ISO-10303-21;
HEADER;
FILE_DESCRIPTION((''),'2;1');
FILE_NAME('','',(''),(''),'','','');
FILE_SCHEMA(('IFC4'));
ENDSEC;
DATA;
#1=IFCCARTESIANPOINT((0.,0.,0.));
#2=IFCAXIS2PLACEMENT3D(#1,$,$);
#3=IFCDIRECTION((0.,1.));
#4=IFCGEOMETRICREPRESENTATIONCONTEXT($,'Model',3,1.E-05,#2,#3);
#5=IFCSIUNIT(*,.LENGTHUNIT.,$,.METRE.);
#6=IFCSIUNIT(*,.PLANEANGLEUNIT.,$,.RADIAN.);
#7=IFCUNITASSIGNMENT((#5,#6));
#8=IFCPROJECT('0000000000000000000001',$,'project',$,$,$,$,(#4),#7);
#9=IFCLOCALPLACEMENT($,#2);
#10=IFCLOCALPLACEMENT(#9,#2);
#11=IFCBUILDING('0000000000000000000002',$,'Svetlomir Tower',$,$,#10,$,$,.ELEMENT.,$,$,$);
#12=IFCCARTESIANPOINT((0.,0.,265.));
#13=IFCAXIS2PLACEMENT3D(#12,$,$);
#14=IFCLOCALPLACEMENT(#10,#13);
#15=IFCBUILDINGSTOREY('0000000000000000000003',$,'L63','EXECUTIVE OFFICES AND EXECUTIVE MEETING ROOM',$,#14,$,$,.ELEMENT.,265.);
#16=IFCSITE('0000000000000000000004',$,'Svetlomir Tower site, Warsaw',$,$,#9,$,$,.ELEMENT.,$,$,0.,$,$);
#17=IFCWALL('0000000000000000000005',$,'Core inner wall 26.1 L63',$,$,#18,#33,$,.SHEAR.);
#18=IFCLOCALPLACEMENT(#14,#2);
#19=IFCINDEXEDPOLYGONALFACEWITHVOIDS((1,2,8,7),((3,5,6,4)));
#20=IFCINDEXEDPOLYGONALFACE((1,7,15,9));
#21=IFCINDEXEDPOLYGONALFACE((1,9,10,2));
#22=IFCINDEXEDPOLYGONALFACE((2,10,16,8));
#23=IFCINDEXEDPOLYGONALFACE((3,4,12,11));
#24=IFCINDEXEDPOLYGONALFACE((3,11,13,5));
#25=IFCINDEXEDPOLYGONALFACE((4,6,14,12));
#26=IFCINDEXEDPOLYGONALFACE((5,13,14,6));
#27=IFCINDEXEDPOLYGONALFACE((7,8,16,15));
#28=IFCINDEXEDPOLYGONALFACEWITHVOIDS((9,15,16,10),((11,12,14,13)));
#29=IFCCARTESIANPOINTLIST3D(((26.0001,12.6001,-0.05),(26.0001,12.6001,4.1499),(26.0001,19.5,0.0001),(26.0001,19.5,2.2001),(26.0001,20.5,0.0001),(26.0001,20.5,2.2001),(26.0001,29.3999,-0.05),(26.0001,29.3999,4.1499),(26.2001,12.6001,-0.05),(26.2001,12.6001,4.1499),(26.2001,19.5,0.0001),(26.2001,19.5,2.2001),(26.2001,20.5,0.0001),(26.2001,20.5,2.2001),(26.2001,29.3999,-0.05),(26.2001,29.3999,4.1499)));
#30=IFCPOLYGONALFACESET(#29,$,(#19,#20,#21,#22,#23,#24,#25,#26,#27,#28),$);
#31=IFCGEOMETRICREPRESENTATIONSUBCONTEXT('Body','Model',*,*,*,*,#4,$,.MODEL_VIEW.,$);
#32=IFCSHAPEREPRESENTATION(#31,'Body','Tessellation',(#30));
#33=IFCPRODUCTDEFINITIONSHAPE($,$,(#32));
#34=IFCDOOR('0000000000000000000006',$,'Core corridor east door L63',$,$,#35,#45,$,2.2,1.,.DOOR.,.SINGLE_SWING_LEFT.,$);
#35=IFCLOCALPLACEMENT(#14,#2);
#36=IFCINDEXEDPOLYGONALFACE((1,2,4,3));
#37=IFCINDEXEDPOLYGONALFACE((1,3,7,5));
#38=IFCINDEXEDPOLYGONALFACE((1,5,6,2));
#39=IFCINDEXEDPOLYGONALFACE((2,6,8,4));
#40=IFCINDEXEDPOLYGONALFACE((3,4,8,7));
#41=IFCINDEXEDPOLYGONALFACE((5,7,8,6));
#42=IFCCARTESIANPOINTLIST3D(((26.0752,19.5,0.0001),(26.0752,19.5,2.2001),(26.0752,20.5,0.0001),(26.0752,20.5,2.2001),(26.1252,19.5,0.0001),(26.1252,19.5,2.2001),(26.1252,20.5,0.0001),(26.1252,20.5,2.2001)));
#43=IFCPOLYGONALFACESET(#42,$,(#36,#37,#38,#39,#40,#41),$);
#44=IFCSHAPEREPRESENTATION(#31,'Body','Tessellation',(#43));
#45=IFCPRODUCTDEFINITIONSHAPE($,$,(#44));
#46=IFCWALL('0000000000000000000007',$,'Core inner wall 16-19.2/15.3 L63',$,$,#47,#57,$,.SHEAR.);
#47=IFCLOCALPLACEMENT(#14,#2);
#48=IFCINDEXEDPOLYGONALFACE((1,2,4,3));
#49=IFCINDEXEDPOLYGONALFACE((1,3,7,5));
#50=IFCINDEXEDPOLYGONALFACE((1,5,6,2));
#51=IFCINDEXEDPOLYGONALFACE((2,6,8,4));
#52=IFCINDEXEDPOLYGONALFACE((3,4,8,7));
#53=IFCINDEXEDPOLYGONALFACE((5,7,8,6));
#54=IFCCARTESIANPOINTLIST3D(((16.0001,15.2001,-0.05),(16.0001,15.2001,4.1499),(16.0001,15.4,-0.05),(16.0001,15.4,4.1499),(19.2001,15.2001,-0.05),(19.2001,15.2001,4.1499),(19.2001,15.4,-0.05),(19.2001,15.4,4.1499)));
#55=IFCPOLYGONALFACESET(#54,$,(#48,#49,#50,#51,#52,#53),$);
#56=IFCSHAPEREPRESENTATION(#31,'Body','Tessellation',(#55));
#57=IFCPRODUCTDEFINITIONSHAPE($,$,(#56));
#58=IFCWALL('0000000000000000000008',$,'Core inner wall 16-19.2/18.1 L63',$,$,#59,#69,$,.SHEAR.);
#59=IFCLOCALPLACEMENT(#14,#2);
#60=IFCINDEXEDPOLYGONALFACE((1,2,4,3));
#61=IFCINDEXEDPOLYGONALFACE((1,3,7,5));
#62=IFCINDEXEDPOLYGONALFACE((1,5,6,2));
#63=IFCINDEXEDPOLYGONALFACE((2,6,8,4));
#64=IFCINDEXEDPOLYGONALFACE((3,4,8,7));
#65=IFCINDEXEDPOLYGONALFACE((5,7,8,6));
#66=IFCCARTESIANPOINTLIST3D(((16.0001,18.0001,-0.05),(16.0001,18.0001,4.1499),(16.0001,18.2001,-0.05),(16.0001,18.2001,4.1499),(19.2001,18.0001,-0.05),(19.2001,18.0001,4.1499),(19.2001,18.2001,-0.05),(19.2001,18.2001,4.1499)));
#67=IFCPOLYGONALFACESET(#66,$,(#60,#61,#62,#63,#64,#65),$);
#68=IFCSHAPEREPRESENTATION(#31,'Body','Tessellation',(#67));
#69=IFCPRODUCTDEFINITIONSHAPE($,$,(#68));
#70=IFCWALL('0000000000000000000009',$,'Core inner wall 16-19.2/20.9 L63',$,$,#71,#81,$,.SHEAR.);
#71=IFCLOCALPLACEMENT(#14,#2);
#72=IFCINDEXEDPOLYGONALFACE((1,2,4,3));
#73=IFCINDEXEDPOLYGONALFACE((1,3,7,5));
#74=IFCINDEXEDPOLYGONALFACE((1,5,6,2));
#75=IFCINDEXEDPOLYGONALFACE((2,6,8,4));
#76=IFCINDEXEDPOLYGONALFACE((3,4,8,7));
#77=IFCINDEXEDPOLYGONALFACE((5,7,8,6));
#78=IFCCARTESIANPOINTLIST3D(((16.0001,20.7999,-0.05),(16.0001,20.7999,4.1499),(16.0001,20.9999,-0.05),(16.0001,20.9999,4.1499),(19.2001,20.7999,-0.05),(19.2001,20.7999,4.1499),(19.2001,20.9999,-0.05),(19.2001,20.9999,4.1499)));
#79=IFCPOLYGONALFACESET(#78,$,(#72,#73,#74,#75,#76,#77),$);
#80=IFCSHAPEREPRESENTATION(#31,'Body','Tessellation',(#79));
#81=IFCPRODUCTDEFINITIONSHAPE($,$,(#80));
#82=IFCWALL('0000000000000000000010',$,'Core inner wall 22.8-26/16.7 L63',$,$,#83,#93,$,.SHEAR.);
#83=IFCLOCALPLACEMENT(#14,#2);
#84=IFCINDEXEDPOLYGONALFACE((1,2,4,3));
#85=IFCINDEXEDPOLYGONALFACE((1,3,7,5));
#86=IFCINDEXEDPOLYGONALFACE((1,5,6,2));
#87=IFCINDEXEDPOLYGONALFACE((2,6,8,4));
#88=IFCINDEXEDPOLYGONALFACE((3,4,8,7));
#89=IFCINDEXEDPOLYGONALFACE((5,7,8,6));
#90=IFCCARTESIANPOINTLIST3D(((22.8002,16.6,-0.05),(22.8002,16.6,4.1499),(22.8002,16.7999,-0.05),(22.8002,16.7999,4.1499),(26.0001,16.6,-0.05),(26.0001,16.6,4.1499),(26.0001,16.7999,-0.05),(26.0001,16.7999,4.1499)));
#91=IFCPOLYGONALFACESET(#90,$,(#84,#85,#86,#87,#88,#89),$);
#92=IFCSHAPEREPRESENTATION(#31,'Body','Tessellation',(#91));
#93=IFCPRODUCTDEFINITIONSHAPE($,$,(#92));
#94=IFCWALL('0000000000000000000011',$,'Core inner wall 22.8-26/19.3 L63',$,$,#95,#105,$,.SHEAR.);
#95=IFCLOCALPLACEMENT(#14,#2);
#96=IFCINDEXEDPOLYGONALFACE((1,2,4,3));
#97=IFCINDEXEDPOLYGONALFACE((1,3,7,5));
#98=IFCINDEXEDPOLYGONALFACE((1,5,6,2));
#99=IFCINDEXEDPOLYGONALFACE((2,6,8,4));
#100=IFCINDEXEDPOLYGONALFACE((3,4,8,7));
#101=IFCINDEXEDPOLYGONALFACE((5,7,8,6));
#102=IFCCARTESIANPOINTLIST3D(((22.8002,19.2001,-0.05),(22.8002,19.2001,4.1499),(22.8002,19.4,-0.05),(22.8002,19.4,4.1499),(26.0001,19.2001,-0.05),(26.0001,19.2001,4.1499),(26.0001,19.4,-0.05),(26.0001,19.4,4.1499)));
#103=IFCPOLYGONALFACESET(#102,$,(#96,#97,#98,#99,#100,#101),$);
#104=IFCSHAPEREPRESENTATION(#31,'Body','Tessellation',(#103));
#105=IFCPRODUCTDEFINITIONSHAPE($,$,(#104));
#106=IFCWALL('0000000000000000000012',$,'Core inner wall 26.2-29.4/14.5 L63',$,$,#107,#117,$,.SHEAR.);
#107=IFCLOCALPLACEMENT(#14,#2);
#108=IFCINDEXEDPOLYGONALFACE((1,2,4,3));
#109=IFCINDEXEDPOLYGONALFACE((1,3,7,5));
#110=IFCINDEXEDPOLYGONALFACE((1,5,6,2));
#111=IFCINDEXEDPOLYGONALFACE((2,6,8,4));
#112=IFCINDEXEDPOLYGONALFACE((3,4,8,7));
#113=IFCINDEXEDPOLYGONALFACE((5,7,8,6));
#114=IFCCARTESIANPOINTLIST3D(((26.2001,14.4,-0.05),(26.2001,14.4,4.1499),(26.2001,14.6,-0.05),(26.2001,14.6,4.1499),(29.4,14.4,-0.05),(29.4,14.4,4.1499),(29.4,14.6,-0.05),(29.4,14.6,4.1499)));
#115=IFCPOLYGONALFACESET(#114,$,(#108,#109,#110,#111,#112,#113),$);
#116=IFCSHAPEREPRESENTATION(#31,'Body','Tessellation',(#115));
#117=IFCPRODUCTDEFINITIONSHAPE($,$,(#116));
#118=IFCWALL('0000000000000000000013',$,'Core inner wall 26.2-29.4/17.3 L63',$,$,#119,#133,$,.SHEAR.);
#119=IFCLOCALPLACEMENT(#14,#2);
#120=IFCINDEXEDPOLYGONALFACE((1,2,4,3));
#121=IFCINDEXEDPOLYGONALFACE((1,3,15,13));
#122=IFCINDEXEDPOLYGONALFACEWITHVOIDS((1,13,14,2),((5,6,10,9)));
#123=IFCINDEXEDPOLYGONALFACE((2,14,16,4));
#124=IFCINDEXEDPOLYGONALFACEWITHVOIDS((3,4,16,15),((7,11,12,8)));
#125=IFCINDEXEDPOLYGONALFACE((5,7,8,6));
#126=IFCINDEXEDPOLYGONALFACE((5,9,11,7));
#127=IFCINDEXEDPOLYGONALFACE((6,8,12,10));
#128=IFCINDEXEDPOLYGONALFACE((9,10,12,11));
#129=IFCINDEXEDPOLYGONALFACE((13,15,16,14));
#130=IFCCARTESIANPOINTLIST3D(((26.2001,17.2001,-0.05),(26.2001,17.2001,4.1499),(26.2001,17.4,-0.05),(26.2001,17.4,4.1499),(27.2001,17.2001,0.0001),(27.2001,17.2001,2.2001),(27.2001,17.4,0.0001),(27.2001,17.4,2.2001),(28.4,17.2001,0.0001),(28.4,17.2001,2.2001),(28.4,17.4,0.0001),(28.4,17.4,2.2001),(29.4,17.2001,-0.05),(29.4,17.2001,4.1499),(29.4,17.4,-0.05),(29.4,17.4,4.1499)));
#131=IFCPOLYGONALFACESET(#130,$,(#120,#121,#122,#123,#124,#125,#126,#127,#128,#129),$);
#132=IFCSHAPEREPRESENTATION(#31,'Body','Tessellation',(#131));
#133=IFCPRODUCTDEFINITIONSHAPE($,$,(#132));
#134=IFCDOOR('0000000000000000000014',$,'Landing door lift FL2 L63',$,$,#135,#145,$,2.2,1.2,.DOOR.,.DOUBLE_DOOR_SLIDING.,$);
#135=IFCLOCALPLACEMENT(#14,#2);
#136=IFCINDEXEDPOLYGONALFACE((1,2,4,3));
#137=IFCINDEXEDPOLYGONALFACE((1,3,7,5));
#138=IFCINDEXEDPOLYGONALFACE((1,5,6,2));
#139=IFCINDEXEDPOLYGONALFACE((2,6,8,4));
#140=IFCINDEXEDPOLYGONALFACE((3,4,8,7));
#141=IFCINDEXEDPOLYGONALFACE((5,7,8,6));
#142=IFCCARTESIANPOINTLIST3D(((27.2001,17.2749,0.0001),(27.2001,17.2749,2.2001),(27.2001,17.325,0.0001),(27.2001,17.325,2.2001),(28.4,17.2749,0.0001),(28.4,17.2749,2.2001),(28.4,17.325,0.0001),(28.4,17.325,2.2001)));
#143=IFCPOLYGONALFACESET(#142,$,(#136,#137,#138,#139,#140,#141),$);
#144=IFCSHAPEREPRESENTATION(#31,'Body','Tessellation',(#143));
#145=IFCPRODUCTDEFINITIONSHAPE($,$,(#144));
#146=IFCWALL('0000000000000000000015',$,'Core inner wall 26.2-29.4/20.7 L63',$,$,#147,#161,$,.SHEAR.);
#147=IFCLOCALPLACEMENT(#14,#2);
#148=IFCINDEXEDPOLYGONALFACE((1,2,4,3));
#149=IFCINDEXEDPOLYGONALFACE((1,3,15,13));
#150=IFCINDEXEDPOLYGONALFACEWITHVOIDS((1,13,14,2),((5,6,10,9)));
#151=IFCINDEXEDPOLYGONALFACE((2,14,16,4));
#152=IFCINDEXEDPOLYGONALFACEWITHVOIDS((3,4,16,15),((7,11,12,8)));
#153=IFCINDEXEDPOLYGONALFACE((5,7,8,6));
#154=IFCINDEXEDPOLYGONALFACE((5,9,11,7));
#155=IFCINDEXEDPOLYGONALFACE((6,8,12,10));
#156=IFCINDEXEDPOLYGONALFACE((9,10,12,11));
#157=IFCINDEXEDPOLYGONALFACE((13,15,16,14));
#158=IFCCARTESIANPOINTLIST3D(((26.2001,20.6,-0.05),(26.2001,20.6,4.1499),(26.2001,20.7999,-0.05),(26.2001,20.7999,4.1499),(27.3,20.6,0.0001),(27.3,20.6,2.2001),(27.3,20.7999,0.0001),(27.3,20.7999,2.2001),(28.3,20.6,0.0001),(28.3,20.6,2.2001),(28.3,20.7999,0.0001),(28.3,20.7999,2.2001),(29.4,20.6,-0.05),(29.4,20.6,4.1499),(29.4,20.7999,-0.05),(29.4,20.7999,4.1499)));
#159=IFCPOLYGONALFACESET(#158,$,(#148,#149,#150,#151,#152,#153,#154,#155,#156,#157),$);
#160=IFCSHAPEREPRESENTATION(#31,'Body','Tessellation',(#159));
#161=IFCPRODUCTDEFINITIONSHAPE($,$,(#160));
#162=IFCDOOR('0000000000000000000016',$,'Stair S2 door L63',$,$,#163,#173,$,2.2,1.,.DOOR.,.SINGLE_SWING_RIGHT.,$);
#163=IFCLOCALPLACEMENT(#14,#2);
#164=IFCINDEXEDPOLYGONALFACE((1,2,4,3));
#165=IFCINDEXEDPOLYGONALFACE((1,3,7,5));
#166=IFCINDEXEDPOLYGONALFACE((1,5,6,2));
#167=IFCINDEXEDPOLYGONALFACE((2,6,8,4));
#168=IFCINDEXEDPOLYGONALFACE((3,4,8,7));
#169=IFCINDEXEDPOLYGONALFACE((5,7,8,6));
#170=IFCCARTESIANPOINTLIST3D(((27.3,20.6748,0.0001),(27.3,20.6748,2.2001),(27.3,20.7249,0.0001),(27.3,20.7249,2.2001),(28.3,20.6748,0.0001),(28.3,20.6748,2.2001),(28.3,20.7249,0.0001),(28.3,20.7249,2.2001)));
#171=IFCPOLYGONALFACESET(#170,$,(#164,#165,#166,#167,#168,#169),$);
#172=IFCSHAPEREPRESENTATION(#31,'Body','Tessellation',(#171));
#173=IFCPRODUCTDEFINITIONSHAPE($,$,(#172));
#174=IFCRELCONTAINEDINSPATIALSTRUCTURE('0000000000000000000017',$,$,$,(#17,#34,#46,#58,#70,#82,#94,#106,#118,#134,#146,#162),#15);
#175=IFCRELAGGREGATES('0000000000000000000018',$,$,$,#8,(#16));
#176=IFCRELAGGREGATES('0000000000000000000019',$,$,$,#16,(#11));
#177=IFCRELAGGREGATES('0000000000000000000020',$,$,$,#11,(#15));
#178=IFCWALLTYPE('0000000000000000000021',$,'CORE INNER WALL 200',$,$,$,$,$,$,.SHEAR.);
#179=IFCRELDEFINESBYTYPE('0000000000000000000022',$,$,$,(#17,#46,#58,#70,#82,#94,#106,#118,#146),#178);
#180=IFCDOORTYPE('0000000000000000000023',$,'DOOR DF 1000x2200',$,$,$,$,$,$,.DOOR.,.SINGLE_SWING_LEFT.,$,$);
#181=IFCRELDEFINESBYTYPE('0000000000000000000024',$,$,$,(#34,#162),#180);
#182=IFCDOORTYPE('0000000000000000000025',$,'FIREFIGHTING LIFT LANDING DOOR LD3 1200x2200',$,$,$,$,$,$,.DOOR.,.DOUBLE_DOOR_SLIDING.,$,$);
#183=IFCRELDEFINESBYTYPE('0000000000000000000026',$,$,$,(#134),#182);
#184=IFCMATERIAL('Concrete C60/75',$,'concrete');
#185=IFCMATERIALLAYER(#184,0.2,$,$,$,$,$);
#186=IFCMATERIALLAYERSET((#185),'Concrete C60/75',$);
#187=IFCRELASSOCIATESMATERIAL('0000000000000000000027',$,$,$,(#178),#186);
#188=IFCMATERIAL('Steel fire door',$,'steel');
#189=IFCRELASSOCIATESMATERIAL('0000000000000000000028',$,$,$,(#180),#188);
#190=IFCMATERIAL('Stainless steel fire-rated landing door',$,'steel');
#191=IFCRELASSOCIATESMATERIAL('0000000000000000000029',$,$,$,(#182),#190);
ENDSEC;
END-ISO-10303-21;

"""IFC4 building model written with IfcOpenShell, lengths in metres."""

from ifc_helpers import new_model, si_unit, direction, frame, frame_2d, origin, place, context, subcontext, project, spatial, rectangle, extrude, material, layer, layer_set, type_object, element, fill, save


model = new_model("IFC4")

# Units and contexts
model_context = context("Model", 3, precision=1e-05, world=origin(), true_north=direction((0.0, 1.0)))
body_context = subcontext(model_context, "Body", "Model", "MODEL_VIEW")
ifc_project = project(units=[si_unit("LENGTHUNIT", "METRE"), si_unit("PLANEANGLEUNIT", "RADIAN")], contexts=[model_context])

# Site, building, storey
site_placement = place(None, origin())
site = spatial("IfcSite", under=ifc_project, at=site_placement, Name="Svetlomir Tower site, Warsaw", CompositionType="ELEMENT", RefElevation=0.0)
building_placement = place(site_placement, origin())
building = spatial("IfcBuilding", under=site, at=building_placement, Name="Svetlomir Tower", CompositionType="ELEMENT")
storey_placement = place(building_placement, frame((0.0, 0.0, 265.0)))
storey = spatial("IfcBuildingStorey", under=building, at=storey_placement, Name="L63", Description="EXECUTIVE OFFICES AND EXECUTIVE MEETING ROOM", CompositionType="ELEMENT", Elevation=265.0)

# Wall, opening, door
ifc_material_1 = material(Name="Concrete C60/75", Category="concrete")
ifc_layer_1 = layer(ifc_material_1, 0.2)
ifc_layer_set_1 = layer_set([ifc_layer_1], Name="Concrete C60/75")
wall_type_1 = type_object("IfcWallType", Name="CORE INNER WALL 200", PredefinedType="SHEAR", material=ifc_layer_set_1)
wall_1_placement = place(storey_placement, frame((26.1001, 12.6001, -0.05), z_axis=(0.0, 0.0, 1.0), x_axis=(0.0, 1.0, 0.0)))
wall_1 = element("IfcWall", 1, at=wall_1_placement, inside=storey, type_object=wall_type_1, Name="Core inner wall 26.1 L63", PredefinedType="SHEAR", context=body_context, shape_type="SweptSolid", body=[
    extrude(rectangle(XDim=16.7998, YDim=0.2, at=frame_2d((8.3999, 0.0))), origin(), (0.0, 0.0, 1.0), 4.2),
])
opening_1_placement = place(wall_1_placement, frame((6.8999, 0.0, 0.05)))
opening_1 = element("IfcOpeningElement", 2, at=opening_1_placement, cuts=wall_1, PredefinedType="OPENING", context=body_context, shape_type="SweptSolid", body=[
    extrude(rectangle(XDim=1.0, YDim=2.2, at=frame_2d((0.5, 1.1001))), frame((0.0, 0.1099, 0.0), z_axis=(0.0, -1.0, 0.0), x_axis=(1.0, 0.0, 0.0)), (0.0, 0.0, 1.0), 0.22),
])
ifc_material_2 = material(Name="Steel fire door", Category="steel")
door_type_1 = type_object("IfcDoorType", Name="DOOR DF 1000x2200", OperationType="SINGLE_SWING_LEFT", PredefinedType="DOOR", material=ifc_material_2)
door_1_placement = place(opening_1_placement, origin())
door_1 = element("IfcDoor", 3, at=door_1_placement, inside=storey, type_object=door_type_1, Name="Core corridor east door L63", OperationType="SINGLE_SWING_LEFT", OverallHeight=2.2, OverallWidth=1.0, PredefinedType="DOOR", context=body_context, shape_type="SweptSolid", body=[
    extrude(rectangle(XDim=1.0, YDim=2.2, at=frame_2d((0.5, 1.1001))), frame((0.0, 0.0249, 0.0), z_axis=(0.0, -1.0, 0.0), x_axis=(1.0, 0.0, 0.0)), (0.0, 0.0, 1.0), 0.05),
])
fill(opening_1, door_1)

# Walls
for number, where, z_axis, x_axis, name in (
    (4, (16.0, 15.3, -0.05), (0.0, 0.0, 1.0), (1.0, 0.0, 0.0), "Core inner wall 16-19.2/15.3 L63"),
    (5, (16.0, 18.1001, -0.05), (0.0, 0.0, 1.0), (1.0, 0.0, 0.0), "Core inner wall 16-19.2/18.1 L63"),
    (6, (16.0, 20.8999, -0.05), (0.0, 0.0, 1.0), (1.0, 0.0, 0.0), "Core inner wall 16-19.2/20.9 L63"),
    (7, (22.8, 16.7, -0.05), (0.0, 0.0, 1.0), (1.0, 0.0, 0.0), "Core inner wall 22.8-26/16.7 L63"),
    (8, (22.8, 19.3, -0.05), (0.0, 0.0, 1.0), (1.0, 0.0, 0.0), "Core inner wall 22.8-26/19.3 L63"),
    (9, (26.2, 14.5, -0.05), (0.0, 0.0, 1.0), (1.0, 0.0, 0.0), "Core inner wall 26.2-29.4/14.5 L63"),
):
    element("IfcWall", number, at=place(storey_placement, frame(where, z_axis=z_axis, x_axis=x_axis)), inside=storey, type_object=wall_type_1, Name=name, PredefinedType="SHEAR", context=body_context, shape_type="SweptSolid", body=[
        extrude(rectangle(XDim=3.2, YDim=0.2, at=frame_2d((1.6001, 0.0))), origin(), (0.0, 0.0, 1.0), 4.2),
    ])

# Walls, openings, doors
wall_2_placement = place(storey_placement, frame((26.2, 17.3, -0.05), z_axis=(0.0, 0.0, 1.0), x_axis=(1.0, 0.0, 0.0)))
wall_2 = element("IfcWall", 10, at=wall_2_placement, inside=storey, type_object=wall_type_1, Name="Core inner wall 26.2-29.4/17.3 L63", PredefinedType="SHEAR", context=body_context, shape_type="SweptSolid", body=[
    extrude(rectangle(XDim=3.2, YDim=0.2, at=frame_2d((1.6001, 0.0))), origin(), (0.0, 0.0, 1.0), 4.2),
])
opening_2_placement = place(wall_2_placement, frame((1.0, 0.0, 0.05)))
opening_2 = element("IfcOpeningElement", 11, at=opening_2_placement, cuts=wall_2, PredefinedType="OPENING", context=body_context, shape_type="SweptSolid", body=[
    extrude(rectangle(XDim=1.2, YDim=2.2, at=frame_2d((0.6001, 1.1001))), frame((0.0, 0.1099, 0.0), z_axis=(0.0, -1.0, 0.0), x_axis=(1.0, 0.0, 0.0)), (0.0, 0.0, 1.0), 0.22),
])
ifc_material_3 = material(Name="Stainless steel fire-rated landing door", Category="steel")
door_type_2 = type_object("IfcDoorType", Name="FIREFIGHTING LIFT LANDING DOOR LD3 1200x2200", OperationType="DOUBLE_DOOR_SLIDING", PredefinedType="DOOR", material=ifc_material_3)
door_2_placement = place(opening_2_placement, origin())
door_2 = element("IfcDoor", 12, at=door_2_placement, inside=storey, type_object=door_type_2, Name="Landing door lift FL2 L63", OperationType="DOUBLE_DOOR_SLIDING", OverallHeight=2.2, OverallWidth=1.2, PredefinedType="DOOR", context=body_context, shape_type="SweptSolid", body=[
    extrude(rectangle(XDim=1.2, YDim=2.2, at=frame_2d((0.6001, 1.1001))), frame((0.0, 0.0249, 0.0), z_axis=(0.0, -1.0, 0.0), x_axis=(1.0, 0.0, 0.0)), (0.0, 0.0, 1.0), 0.05),
])
fill(opening_2, door_2)
wall_3_placement = place(storey_placement, frame((26.2, 20.7, -0.05), z_axis=(0.0, 0.0, 1.0), x_axis=(1.0, 0.0, 0.0)))
wall_3 = element("IfcWall", 13, at=wall_3_placement, inside=storey, type_object=wall_type_1, Name="Core inner wall 26.2-29.4/20.7 L63", PredefinedType="SHEAR", context=body_context, shape_type="SweptSolid", body=[
    extrude(rectangle(XDim=3.2, YDim=0.2, at=frame_2d((1.6001, 0.0))), origin(), (0.0, 0.0, 1.0), 4.2),
])
opening_3_placement = place(wall_3_placement, frame((1.1001, 0.0, 0.05)))
opening_3 = element("IfcOpeningElement", 14, at=opening_3_placement, cuts=wall_3, PredefinedType="OPENING", context=body_context, shape_type="SweptSolid", body=[
    extrude(rectangle(XDim=1.0, YDim=2.2, at=frame_2d((0.5, 1.1001))), frame((0.0, 0.1099, 0.0), z_axis=(0.0, -1.0, 0.0), x_axis=(1.0, 0.0, 0.0)), (0.0, 0.0, 1.0), 0.22),
])
door_3_placement = place(opening_3_placement, origin())
door_3 = element("IfcDoor", 15, at=door_3_placement, inside=storey, type_object=door_type_1, Name="Stair S2 door L63", OperationType="SINGLE_SWING_RIGHT", OverallHeight=2.2, OverallWidth=1.0, PredefinedType="DOOR", context=body_context, shape_type="SweptSolid", body=[
    extrude(rectangle(XDim=1.0, YDim=2.2, at=frame_2d((0.5, 1.1001))), frame((0.0, 0.0249, 0.0), z_axis=(0.0, -1.0, 0.0), x_axis=(1.0, 0.0, 0.0)), (0.0, 0.0, 1.0), 0.05),
])
fill(opening_3, door_3)

save(model, "model.ifc")
